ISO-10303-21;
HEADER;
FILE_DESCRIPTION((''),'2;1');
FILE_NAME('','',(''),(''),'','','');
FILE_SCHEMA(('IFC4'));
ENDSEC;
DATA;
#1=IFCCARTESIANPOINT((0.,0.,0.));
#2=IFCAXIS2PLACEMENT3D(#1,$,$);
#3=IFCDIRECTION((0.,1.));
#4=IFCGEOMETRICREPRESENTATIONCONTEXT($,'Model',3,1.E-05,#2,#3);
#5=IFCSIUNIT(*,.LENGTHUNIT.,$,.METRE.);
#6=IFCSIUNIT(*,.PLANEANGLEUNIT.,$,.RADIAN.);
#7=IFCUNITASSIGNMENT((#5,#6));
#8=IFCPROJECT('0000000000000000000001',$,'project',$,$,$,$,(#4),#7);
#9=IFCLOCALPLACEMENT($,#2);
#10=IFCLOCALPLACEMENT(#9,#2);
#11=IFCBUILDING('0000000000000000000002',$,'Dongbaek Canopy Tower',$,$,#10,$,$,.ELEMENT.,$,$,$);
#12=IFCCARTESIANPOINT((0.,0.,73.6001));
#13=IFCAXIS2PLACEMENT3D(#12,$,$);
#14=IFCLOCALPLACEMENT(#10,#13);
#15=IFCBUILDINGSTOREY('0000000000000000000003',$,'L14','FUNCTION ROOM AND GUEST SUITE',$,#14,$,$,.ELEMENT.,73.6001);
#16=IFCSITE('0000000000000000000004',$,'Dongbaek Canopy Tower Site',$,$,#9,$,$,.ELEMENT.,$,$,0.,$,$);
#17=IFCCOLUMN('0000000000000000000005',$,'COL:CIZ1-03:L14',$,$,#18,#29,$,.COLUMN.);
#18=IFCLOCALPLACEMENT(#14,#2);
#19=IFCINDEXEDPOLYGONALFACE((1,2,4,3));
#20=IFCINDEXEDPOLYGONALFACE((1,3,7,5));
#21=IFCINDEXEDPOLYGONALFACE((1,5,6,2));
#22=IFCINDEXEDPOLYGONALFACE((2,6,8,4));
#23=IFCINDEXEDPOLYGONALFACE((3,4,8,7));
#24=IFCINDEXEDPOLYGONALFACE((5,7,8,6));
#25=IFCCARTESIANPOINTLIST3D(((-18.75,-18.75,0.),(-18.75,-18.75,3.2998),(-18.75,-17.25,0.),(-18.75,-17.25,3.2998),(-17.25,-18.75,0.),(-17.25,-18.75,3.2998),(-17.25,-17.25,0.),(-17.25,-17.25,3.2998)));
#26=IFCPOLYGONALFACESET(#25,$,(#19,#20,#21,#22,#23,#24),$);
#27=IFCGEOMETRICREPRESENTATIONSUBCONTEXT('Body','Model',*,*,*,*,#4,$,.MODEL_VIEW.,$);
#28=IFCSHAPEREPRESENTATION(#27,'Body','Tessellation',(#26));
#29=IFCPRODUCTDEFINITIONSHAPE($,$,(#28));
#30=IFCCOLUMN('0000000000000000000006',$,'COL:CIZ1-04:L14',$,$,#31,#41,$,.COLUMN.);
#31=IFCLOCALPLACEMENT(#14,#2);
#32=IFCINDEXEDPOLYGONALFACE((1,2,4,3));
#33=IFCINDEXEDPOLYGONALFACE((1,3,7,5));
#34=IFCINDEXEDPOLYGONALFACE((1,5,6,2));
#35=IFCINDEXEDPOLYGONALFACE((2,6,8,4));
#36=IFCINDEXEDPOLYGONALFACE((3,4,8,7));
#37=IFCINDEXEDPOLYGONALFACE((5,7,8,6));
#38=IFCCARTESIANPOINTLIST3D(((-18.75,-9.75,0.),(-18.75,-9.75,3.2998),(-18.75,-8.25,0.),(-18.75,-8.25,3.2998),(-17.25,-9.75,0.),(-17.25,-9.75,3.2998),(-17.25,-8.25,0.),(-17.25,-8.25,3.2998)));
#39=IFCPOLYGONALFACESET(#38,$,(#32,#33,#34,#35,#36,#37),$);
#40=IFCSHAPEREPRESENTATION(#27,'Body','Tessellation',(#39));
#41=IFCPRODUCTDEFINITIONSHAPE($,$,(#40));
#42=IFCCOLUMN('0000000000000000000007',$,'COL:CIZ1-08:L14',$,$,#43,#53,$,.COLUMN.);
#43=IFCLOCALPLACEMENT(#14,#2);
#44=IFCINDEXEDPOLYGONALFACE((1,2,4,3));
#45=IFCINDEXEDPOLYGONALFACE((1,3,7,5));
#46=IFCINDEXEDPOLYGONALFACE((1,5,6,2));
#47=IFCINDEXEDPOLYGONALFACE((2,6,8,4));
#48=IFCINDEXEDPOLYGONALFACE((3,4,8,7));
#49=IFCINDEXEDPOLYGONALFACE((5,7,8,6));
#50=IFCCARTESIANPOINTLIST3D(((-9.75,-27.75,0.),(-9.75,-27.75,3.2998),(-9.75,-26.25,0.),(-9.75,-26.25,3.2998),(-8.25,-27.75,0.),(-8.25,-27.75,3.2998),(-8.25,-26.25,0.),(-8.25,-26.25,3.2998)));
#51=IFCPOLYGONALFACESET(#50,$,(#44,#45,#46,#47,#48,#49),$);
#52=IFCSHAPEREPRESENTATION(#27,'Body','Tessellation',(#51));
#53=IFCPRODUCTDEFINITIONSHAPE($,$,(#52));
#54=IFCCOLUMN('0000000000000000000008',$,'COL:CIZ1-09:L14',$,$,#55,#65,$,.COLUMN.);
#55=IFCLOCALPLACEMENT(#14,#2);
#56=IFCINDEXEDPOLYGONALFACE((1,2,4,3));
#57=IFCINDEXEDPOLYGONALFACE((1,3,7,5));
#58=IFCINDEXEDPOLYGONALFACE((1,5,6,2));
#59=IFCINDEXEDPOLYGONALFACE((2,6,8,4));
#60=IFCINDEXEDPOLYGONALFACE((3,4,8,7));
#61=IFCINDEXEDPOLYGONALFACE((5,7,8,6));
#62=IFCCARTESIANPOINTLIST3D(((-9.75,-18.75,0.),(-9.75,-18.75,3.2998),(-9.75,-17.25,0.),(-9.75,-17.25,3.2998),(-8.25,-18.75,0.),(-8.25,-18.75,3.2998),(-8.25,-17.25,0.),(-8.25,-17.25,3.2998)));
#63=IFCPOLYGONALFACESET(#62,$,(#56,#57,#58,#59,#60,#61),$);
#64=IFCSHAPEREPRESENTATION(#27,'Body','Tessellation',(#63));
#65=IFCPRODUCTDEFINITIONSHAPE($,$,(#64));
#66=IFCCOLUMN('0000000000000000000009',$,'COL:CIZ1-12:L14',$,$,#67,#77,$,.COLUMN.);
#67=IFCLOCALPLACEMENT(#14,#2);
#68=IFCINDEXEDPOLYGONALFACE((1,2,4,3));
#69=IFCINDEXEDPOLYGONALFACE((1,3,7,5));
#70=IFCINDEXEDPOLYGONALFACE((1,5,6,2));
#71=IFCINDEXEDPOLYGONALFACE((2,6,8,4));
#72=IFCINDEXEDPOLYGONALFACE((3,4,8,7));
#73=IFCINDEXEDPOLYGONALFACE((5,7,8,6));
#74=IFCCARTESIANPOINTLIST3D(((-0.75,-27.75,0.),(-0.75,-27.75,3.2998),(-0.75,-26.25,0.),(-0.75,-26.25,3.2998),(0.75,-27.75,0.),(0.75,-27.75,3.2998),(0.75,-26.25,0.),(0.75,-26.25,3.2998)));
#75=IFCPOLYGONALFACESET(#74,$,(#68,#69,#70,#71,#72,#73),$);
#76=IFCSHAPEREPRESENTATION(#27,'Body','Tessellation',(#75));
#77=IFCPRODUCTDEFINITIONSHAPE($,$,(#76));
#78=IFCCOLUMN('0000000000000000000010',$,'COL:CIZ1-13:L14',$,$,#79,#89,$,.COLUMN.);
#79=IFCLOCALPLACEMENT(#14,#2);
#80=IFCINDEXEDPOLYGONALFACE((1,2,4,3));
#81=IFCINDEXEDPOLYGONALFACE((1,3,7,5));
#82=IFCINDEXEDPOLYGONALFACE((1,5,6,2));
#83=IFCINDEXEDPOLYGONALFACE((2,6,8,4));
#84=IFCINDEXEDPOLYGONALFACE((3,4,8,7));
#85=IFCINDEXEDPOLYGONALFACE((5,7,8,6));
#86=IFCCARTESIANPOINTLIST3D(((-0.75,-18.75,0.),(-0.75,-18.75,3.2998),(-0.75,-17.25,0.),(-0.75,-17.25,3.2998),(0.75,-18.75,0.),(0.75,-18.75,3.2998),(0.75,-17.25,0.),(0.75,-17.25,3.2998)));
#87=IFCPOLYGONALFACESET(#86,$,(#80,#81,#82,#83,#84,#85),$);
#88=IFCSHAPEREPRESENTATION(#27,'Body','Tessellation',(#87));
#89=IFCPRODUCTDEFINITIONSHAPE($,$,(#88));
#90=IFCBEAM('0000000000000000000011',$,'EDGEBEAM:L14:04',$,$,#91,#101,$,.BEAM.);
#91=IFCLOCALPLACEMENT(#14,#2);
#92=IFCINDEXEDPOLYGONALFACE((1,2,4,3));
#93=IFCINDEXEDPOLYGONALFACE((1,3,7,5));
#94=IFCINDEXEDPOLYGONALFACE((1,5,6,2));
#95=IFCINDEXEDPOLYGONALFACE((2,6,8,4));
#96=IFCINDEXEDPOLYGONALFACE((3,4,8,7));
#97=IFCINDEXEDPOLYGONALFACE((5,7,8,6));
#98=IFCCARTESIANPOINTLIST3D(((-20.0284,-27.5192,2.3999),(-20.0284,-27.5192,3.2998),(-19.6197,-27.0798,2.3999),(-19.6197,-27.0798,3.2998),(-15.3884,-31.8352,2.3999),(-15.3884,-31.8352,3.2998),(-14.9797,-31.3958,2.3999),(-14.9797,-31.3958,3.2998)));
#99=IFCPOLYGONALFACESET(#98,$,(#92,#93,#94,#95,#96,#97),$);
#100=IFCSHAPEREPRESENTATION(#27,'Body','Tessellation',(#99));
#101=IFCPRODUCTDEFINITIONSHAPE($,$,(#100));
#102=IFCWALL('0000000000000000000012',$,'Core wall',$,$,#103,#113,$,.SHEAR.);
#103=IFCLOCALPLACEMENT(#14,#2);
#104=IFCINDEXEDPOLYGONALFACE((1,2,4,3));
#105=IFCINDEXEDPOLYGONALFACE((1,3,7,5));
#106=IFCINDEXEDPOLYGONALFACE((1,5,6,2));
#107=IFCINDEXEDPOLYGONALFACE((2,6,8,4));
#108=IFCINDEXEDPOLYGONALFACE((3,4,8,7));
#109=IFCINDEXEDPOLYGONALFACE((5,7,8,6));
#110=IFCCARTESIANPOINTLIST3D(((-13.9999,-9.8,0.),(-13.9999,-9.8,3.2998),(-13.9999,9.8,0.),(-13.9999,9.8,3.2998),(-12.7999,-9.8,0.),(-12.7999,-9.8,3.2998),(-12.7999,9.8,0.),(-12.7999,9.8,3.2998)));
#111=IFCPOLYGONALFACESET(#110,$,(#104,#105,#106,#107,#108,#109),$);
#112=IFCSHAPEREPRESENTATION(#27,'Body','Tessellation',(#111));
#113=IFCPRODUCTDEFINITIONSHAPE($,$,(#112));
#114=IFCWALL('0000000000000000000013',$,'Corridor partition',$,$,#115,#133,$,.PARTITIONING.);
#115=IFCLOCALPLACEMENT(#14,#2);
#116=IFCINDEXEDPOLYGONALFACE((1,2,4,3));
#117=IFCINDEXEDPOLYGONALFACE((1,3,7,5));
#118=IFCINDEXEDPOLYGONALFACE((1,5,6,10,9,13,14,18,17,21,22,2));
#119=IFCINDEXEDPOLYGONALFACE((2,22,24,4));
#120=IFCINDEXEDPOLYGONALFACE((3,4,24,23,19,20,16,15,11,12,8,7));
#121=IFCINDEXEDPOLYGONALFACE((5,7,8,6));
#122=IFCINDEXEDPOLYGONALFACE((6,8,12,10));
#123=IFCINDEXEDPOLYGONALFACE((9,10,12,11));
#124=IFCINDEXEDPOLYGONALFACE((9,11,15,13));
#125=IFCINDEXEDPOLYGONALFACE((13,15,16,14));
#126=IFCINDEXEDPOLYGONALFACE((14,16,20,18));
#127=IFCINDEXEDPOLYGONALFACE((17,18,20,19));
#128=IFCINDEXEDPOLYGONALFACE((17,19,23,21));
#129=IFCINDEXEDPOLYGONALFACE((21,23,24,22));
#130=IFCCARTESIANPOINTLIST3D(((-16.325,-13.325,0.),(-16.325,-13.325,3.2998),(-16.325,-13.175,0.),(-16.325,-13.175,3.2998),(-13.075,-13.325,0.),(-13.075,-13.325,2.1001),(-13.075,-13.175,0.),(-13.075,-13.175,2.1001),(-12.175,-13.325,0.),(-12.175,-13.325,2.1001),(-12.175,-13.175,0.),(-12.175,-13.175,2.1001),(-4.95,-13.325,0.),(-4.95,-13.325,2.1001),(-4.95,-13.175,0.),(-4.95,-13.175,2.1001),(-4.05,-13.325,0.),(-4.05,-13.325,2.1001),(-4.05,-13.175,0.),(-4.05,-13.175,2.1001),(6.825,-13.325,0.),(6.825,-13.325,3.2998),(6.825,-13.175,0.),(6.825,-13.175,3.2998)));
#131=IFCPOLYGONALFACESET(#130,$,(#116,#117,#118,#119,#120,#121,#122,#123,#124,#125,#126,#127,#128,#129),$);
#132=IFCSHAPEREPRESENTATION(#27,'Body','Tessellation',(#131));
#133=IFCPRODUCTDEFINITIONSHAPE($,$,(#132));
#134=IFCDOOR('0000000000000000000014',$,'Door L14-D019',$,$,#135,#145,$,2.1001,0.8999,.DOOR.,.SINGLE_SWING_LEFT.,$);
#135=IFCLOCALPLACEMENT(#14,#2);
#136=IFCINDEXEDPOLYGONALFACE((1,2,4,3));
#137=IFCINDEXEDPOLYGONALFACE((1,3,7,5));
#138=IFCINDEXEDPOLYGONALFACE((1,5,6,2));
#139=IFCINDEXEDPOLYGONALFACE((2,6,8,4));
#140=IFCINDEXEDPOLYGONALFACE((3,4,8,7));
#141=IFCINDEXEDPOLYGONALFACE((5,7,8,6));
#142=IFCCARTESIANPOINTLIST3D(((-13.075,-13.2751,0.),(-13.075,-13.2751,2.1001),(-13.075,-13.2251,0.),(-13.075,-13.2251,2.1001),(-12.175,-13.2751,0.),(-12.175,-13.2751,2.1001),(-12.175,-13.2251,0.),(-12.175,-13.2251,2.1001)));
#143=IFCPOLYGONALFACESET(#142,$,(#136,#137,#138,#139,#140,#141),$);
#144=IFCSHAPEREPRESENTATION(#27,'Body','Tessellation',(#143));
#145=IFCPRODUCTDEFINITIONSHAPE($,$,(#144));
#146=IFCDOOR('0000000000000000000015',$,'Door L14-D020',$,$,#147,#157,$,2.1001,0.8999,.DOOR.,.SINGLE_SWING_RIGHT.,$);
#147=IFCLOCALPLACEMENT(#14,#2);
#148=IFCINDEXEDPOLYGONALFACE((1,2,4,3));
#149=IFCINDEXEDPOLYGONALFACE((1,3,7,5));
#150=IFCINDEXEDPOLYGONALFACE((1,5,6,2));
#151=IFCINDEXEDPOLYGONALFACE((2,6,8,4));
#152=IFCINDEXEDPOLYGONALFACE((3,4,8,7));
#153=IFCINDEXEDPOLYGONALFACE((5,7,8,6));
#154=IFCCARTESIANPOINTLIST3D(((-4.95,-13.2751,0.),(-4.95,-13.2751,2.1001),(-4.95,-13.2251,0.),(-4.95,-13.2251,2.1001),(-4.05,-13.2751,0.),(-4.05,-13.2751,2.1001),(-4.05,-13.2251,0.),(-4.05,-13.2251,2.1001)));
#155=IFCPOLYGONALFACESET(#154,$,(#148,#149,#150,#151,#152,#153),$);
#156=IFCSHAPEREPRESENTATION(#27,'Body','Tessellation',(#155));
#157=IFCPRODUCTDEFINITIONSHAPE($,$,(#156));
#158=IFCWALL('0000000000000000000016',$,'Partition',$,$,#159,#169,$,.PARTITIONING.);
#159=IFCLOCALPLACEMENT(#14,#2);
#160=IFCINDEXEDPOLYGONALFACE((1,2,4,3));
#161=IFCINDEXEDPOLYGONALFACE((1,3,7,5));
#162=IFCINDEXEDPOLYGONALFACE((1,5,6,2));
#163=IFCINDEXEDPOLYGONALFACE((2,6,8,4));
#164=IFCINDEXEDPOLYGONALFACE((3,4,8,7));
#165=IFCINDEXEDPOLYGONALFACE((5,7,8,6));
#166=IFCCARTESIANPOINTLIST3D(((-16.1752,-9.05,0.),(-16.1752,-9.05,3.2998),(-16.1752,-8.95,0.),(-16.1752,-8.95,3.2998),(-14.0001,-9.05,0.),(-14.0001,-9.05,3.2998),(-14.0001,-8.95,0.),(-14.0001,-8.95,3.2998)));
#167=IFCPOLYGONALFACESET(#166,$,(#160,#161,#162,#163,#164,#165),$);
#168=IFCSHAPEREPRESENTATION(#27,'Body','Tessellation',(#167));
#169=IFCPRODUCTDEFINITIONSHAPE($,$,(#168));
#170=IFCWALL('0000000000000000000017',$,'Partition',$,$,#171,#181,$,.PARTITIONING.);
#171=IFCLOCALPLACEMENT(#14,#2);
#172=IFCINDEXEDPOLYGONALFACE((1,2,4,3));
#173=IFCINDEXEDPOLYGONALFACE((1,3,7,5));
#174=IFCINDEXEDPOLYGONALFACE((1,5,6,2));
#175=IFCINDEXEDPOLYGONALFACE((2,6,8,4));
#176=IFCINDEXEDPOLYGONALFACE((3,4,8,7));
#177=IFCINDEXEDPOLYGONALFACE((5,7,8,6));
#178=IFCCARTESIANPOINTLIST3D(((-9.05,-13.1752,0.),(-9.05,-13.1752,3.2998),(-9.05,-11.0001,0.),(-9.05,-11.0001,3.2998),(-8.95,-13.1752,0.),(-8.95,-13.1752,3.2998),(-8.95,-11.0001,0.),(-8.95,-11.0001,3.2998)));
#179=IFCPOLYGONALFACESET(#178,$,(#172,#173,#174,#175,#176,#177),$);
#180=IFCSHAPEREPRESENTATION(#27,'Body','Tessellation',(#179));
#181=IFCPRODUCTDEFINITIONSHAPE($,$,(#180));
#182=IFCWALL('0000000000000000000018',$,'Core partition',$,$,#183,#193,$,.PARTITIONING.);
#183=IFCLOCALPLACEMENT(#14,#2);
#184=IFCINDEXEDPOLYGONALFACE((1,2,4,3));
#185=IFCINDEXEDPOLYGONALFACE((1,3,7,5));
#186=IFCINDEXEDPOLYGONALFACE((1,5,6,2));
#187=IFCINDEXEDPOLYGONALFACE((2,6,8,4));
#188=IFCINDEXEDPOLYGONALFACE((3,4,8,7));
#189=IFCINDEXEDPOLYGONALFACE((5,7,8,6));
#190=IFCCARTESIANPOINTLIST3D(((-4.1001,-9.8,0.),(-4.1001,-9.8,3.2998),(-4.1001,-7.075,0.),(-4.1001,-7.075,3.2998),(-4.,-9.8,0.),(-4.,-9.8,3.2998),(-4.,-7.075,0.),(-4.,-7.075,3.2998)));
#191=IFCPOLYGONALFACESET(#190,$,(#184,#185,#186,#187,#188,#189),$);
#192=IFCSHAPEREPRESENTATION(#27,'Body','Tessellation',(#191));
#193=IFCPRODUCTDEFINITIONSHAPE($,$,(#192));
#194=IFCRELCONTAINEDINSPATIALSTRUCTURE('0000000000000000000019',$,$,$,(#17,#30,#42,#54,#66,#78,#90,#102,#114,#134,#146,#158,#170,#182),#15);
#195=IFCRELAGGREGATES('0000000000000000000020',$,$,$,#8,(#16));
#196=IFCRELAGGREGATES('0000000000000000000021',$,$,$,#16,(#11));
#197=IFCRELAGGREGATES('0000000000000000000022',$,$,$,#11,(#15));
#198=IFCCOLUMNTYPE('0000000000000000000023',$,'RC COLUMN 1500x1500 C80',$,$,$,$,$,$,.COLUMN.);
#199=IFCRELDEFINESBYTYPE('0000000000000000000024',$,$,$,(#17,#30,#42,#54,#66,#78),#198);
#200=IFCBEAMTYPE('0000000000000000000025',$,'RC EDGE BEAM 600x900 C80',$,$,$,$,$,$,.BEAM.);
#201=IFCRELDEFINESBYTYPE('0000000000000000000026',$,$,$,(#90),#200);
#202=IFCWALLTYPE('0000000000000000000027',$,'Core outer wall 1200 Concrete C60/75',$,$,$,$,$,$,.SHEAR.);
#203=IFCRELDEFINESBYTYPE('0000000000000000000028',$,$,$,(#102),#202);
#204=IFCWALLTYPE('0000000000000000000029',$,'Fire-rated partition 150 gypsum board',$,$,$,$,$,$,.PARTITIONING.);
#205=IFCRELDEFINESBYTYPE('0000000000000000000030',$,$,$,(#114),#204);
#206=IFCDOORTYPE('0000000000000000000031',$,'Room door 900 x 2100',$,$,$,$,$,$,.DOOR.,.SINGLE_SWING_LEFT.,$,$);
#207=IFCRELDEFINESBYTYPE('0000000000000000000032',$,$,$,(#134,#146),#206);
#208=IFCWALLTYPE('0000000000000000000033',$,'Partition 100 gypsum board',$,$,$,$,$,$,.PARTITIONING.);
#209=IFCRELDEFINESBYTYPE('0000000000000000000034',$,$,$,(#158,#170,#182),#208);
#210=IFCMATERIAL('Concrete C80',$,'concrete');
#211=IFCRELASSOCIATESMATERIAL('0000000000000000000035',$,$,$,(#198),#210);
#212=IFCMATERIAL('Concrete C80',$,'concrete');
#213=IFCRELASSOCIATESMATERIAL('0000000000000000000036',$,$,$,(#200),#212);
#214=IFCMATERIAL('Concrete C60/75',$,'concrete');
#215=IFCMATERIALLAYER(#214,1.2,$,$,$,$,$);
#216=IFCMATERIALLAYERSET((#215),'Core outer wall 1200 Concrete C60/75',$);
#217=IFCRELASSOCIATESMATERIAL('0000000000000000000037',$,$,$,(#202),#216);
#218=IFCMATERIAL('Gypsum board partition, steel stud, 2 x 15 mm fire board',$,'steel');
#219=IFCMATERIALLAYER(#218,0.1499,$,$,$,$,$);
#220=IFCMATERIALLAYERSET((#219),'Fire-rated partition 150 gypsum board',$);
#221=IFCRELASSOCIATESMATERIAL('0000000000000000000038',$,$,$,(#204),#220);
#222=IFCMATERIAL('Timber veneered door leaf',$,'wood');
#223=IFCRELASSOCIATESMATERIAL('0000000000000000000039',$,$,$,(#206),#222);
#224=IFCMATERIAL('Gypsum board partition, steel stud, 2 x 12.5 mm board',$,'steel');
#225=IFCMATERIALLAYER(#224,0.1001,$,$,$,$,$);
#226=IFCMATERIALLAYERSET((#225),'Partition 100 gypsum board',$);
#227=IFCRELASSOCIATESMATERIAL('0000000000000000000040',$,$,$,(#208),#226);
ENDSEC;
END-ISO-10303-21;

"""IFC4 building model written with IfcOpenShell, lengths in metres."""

from ifc_helpers import new_model, si_unit, direction, frame, frame_2d, origin, origin_2d, place, context, subcontext, project, spatial, rectangle, extrude, material, layer, layer_set, material_profile, profile_set, type_object, element, fill, save


model = new_model("IFC4")

# Units and contexts
model_context = context("Model", 3, precision=1e-05, world=origin(), true_north=direction((0.0, 1.0)))
body_context = subcontext(model_context, "Body", "Model", "MODEL_VIEW")
ifc_project = project(units=[si_unit("LENGTHUNIT", "METRE"), si_unit("PLANEANGLEUNIT", "RADIAN")], contexts=[model_context])

# Site, building, storey
site_placement = place(None, origin())
site = spatial("IfcSite", under=ifc_project, at=site_placement, Name="Dongbaek Canopy Tower Site", CompositionType="ELEMENT", RefElevation=0.0)
building_placement = place(site_placement, origin())
building = spatial("IfcBuilding", under=site, at=building_placement, Name="Dongbaek Canopy Tower", CompositionType="ELEMENT")
storey_placement = place(building_placement, frame((0.0, 0.0, 73.6001)))
storey = spatial("IfcBuildingStorey", under=building, at=storey_placement, Name="L14", Description="FUNCTION ROOM AND GUEST SUITE", CompositionType="ELEMENT", Elevation=73.6001)

# Columns
ifc_material_1 = material(Name="Concrete C80", Category="concrete")
ifc_material_profile_1 = material_profile(ifc_material_1, rectangle(XDim=1.5, YDim=1.5, at=origin_2d()), Name="RC COLUMN 1500x1500 C80")
ifc_profile_set_1 = profile_set([ifc_material_profile_1], Name="Concrete C80")
column_type = type_object("IfcColumnType", Name="RC COLUMN 1500x1500 C80", PredefinedType="COLUMN", material=ifc_profile_set_1)
for number, where, z_axis, x_axis, name in (
    (1, (-18.0, -18.0, 0.0), (0.0, 0.0, 1.0), (1.0, 0.0, 0.0), "COL:CIZ1-03:L14"),
    (2, (-18.0, -9.0, 0.0), (0.0, 0.0, 1.0), (1.0, 0.0, 0.0), "COL:CIZ1-04:L14"),
    (3, (-9.0, -27.0, 0.0), (0.0, 0.0, 1.0), (1.0, 0.0, 0.0), "COL:CIZ1-08:L14"),
    (4, (-9.0, -18.0, 0.0), (0.0, 0.0, 1.0), (1.0, 0.0, 0.0), "COL:CIZ1-09:L14"),
    (5, (0.0, -27.0, 0.0), (0.0, 0.0, 1.0), (1.0, 0.0, 0.0), "COL:CIZ1-12:L14"),
    (6, (0.0, -18.0, 0.0), (0.0, 0.0, 1.0), (1.0, 0.0, 0.0), "COL:CIZ1-13:L14"),
):
    element("IfcColumn", number, at=place(storey_placement, frame(where, z_axis=z_axis, x_axis=x_axis)), inside=storey, type_object=column_type, Name=name, PredefinedType="COLUMN", context=body_context, shape_type="SweptSolid", body=[
        extrude(rectangle(XDim=1.5, YDim=1.5, at=origin_2d()), origin(), (0.0, 0.0, 1.0), 3.2998),
    ])

# Beam
ifc_material_2 = material(Name="Concrete C80", Category="concrete")
ifc_material_profile_2 = material_profile(ifc_material_2, rectangle(XDim=0.6001, YDim=0.8999, at=origin_2d()), Name="RC EDGE BEAM 600x900 C80")
ifc_profile_set_2 = profile_set([ifc_material_profile_2], Name="Concrete C80")
beam_type = type_object("IfcBeamType", Name="RC EDGE BEAM 600x900 C80", PredefinedType="BEAM", material=ifc_profile_set_2)
beam_placement = place(storey_placement, frame((-15.1841, -31.6155, 2.8499), z_axis=(-0.732207, 0.681082, 0.0), x_axis=(-0.681082, -0.732207, 0.0)))
element("IfcBeam", 7, at=beam_placement, inside=storey, type_object=beam_type, Name="EDGEBEAM:L14:04", PredefinedType="BEAM", context=body_context, shape_type="SweptSolid", body=[
    extrude(rectangle(XDim=0.6001, YDim=0.8999, at=origin_2d()), origin(), (0.0, 0.0, 1.0), 6.3369),
])

# Wall
ifc_material_3 = material(Name="Concrete C60/75", Category="concrete")
ifc_layer_1 = layer(ifc_material_3, 1.2)
ifc_layer_set_1 = layer_set([ifc_layer_1], Name="Core outer wall 1200 Concrete C60/75")
wall_type_1 = type_object("IfcWallType", Name="Core outer wall 1200 Concrete C60/75", PredefinedType="SHEAR", material=ifc_layer_set_1)
wall_1_placement = place(storey_placement, frame((-13.3999, -9.8, 0.0), z_axis=(0.0, 0.0, 1.0), x_axis=(0.0, 1.0, 0.0)))
element("IfcWall", 8, at=wall_1_placement, inside=storey, type_object=wall_type_1, Name="Core wall", PredefinedType="SHEAR", context=body_context, shape_type="SweptSolid", body=[
    extrude(rectangle(XDim=19.6001, YDim=1.2, at=frame_2d((9.8, 0.0))), origin(), (0.0, 0.0, 1.0), 3.2998),
])

# Wall, openings, doors
ifc_material_4 = material(Name="Gypsum board partition, steel stud, 2 x 15 mm fire board", Category="steel")
ifc_layer_2 = layer(ifc_material_4, 0.1499)
ifc_layer_set_2 = layer_set([ifc_layer_2], Name="Fire-rated partition 150 gypsum board")
wall_type_2 = type_object("IfcWallType", Name="Fire-rated partition 150 gypsum board", PredefinedType="PARTITIONING", material=ifc_layer_set_2)
wall_2_placement = place(storey_placement, frame((-16.325, -13.25, 0.0), z_axis=(0.0, 0.0, 1.0), x_axis=(1.0, 0.0, 0.0)))
wall_2 = element("IfcWall", 9, at=wall_2_placement, inside=storey, type_object=wall_type_2, Name="Corridor partition", PredefinedType="PARTITIONING", context=body_context, shape_type="SweptSolid", body=[
    extrude(rectangle(XDim=23.1499, YDim=0.1499, at=frame_2d((11.575, 0.0))), origin(), (0.0, 0.0, 1.0), 3.2998),
])
opening_1_placement = place(wall_2_placement, frame((3.25, 0.0, 0.0)))
opening_1 = element("IfcOpeningElement", 10, at=opening_1_placement, cuts=wall_2, PredefinedType="OPENING", context=body_context, shape_type="SweptSolid", body=[
    extrude(rectangle(XDim=0.8999, YDim=2.1001, at=frame_2d((0.45, 1.05))), frame((0.0, 0.085, 0.0), z_axis=(0.0, -1.0, 0.0), x_axis=(1.0, 0.0, 0.0)), (0.0, 0.0, 1.0), 0.1699),
])
opening_2_placement = place(wall_2_placement, frame((11.375, 0.0, 0.0)))
opening_2 = element("IfcOpeningElement", 11, at=opening_2_placement, cuts=wall_2, PredefinedType="OPENING", context=body_context, shape_type="SweptSolid", body=[
    extrude(rectangle(XDim=0.8999, YDim=2.1001, at=frame_2d((0.45, 1.05))), frame((0.0, 0.085, 0.0), z_axis=(0.0, -1.0, 0.0), x_axis=(1.0, 0.0, 0.0)), (0.0, 0.0, 1.0), 0.1699),
])
ifc_material_5 = material(Name="Timber veneered door leaf", Category="wood")
door_type_1 = type_object("IfcDoorType", Name="Room door 900 x 2100", OperationType="SINGLE_SWING_LEFT", PredefinedType="DOOR", material=ifc_material_5)
door_1_placement = place(opening_1_placement, origin())
door_1 = element("IfcDoor", 12, at=door_1_placement, inside=storey, type_object=door_type_1, Name="Door L14-D019", OperationType="SINGLE_SWING_LEFT", OverallHeight=2.1001, OverallWidth=0.8999, PredefinedType="DOOR", context=body_context, shape_type="SweptSolid", body=[
    extrude(rectangle(XDim=0.8999, YDim=2.1001, at=frame_2d((0.45, 1.05))), frame((0.0, 0.0249, 0.0), z_axis=(0.0, -1.0, 0.0), x_axis=(1.0, 0.0, 0.0)), (0.0, 0.0, 1.0), 0.05),
])
fill(opening_1, door_1)
door_2_placement = place(opening_2_placement, origin())
door_2 = element("IfcDoor", 13, at=door_2_placement, inside=storey, type_object=door_type_1, Name="Door L14-D020", OperationType="SINGLE_SWING_RIGHT", OverallHeight=2.1001, OverallWidth=0.8999, PredefinedType="DOOR", context=body_context, shape_type="SweptSolid", body=[
    extrude(rectangle(XDim=0.8999, YDim=2.1001, at=frame_2d((0.45, 1.05))), frame((0.0, 0.0249, 0.0), z_axis=(0.0, -1.0, 0.0), x_axis=(1.0, 0.0, 0.0)), (0.0, 0.0, 1.0), 0.05),
])
fill(opening_2, door_2)

# Walls
ifc_material_6 = material(Name="Gypsum board partition, steel stud, 2 x 12.5 mm board", Category="steel")
ifc_layer_3 = layer(ifc_material_6, 0.1001)
ifc_layer_set_3 = layer_set([ifc_layer_3], Name="Partition 100 gypsum board")
wall_type_3 = type_object("IfcWallType", Name="Partition 100 gypsum board", PredefinedType="PARTITIONING", material=ifc_layer_set_3)
for number, where, z_axis, x_axis, name in (
    (14, (-16.175, -9.0, 0.0), (0.0, 0.0, 1.0), (1.0, 0.0, 0.0), "Partition"),
    (15, (-9.0, -13.175, 0.0), (0.0, 0.0, 1.0), (0.0, 1.0, 0.0), "Partition"),
):
    element("IfcWall", number, at=place(storey_placement, frame(where, z_axis=z_axis, x_axis=x_axis)), inside=storey, type_object=wall_type_3, Name=name, PredefinedType="PARTITIONING", context=body_context, shape_type="SweptSolid", body=[
        extrude(rectangle(XDim=2.175, YDim=0.1001, at=frame_2d((1.0874, 0.0))), origin(), (0.0, 0.0, 1.0), 3.2998),
    ])
wall_3_placement = place(storey_placement, frame((-4.05, -9.8, 0.0), z_axis=(0.0, 0.0, 1.0), x_axis=(0.0, 1.0, 0.0)))
element("IfcWall", 16, at=wall_3_placement, inside=storey, type_object=wall_type_3, Name="Core partition", PredefinedType="PARTITIONING", context=body_context, shape_type="SweptSolid", body=[
    extrude(rectangle(XDim=2.7251, YDim=0.1001, at=frame_2d((1.3625, 0.0))), origin(), (0.0, 0.0, 1.0), 3.2998),
])

save(model, "model.ifc")
